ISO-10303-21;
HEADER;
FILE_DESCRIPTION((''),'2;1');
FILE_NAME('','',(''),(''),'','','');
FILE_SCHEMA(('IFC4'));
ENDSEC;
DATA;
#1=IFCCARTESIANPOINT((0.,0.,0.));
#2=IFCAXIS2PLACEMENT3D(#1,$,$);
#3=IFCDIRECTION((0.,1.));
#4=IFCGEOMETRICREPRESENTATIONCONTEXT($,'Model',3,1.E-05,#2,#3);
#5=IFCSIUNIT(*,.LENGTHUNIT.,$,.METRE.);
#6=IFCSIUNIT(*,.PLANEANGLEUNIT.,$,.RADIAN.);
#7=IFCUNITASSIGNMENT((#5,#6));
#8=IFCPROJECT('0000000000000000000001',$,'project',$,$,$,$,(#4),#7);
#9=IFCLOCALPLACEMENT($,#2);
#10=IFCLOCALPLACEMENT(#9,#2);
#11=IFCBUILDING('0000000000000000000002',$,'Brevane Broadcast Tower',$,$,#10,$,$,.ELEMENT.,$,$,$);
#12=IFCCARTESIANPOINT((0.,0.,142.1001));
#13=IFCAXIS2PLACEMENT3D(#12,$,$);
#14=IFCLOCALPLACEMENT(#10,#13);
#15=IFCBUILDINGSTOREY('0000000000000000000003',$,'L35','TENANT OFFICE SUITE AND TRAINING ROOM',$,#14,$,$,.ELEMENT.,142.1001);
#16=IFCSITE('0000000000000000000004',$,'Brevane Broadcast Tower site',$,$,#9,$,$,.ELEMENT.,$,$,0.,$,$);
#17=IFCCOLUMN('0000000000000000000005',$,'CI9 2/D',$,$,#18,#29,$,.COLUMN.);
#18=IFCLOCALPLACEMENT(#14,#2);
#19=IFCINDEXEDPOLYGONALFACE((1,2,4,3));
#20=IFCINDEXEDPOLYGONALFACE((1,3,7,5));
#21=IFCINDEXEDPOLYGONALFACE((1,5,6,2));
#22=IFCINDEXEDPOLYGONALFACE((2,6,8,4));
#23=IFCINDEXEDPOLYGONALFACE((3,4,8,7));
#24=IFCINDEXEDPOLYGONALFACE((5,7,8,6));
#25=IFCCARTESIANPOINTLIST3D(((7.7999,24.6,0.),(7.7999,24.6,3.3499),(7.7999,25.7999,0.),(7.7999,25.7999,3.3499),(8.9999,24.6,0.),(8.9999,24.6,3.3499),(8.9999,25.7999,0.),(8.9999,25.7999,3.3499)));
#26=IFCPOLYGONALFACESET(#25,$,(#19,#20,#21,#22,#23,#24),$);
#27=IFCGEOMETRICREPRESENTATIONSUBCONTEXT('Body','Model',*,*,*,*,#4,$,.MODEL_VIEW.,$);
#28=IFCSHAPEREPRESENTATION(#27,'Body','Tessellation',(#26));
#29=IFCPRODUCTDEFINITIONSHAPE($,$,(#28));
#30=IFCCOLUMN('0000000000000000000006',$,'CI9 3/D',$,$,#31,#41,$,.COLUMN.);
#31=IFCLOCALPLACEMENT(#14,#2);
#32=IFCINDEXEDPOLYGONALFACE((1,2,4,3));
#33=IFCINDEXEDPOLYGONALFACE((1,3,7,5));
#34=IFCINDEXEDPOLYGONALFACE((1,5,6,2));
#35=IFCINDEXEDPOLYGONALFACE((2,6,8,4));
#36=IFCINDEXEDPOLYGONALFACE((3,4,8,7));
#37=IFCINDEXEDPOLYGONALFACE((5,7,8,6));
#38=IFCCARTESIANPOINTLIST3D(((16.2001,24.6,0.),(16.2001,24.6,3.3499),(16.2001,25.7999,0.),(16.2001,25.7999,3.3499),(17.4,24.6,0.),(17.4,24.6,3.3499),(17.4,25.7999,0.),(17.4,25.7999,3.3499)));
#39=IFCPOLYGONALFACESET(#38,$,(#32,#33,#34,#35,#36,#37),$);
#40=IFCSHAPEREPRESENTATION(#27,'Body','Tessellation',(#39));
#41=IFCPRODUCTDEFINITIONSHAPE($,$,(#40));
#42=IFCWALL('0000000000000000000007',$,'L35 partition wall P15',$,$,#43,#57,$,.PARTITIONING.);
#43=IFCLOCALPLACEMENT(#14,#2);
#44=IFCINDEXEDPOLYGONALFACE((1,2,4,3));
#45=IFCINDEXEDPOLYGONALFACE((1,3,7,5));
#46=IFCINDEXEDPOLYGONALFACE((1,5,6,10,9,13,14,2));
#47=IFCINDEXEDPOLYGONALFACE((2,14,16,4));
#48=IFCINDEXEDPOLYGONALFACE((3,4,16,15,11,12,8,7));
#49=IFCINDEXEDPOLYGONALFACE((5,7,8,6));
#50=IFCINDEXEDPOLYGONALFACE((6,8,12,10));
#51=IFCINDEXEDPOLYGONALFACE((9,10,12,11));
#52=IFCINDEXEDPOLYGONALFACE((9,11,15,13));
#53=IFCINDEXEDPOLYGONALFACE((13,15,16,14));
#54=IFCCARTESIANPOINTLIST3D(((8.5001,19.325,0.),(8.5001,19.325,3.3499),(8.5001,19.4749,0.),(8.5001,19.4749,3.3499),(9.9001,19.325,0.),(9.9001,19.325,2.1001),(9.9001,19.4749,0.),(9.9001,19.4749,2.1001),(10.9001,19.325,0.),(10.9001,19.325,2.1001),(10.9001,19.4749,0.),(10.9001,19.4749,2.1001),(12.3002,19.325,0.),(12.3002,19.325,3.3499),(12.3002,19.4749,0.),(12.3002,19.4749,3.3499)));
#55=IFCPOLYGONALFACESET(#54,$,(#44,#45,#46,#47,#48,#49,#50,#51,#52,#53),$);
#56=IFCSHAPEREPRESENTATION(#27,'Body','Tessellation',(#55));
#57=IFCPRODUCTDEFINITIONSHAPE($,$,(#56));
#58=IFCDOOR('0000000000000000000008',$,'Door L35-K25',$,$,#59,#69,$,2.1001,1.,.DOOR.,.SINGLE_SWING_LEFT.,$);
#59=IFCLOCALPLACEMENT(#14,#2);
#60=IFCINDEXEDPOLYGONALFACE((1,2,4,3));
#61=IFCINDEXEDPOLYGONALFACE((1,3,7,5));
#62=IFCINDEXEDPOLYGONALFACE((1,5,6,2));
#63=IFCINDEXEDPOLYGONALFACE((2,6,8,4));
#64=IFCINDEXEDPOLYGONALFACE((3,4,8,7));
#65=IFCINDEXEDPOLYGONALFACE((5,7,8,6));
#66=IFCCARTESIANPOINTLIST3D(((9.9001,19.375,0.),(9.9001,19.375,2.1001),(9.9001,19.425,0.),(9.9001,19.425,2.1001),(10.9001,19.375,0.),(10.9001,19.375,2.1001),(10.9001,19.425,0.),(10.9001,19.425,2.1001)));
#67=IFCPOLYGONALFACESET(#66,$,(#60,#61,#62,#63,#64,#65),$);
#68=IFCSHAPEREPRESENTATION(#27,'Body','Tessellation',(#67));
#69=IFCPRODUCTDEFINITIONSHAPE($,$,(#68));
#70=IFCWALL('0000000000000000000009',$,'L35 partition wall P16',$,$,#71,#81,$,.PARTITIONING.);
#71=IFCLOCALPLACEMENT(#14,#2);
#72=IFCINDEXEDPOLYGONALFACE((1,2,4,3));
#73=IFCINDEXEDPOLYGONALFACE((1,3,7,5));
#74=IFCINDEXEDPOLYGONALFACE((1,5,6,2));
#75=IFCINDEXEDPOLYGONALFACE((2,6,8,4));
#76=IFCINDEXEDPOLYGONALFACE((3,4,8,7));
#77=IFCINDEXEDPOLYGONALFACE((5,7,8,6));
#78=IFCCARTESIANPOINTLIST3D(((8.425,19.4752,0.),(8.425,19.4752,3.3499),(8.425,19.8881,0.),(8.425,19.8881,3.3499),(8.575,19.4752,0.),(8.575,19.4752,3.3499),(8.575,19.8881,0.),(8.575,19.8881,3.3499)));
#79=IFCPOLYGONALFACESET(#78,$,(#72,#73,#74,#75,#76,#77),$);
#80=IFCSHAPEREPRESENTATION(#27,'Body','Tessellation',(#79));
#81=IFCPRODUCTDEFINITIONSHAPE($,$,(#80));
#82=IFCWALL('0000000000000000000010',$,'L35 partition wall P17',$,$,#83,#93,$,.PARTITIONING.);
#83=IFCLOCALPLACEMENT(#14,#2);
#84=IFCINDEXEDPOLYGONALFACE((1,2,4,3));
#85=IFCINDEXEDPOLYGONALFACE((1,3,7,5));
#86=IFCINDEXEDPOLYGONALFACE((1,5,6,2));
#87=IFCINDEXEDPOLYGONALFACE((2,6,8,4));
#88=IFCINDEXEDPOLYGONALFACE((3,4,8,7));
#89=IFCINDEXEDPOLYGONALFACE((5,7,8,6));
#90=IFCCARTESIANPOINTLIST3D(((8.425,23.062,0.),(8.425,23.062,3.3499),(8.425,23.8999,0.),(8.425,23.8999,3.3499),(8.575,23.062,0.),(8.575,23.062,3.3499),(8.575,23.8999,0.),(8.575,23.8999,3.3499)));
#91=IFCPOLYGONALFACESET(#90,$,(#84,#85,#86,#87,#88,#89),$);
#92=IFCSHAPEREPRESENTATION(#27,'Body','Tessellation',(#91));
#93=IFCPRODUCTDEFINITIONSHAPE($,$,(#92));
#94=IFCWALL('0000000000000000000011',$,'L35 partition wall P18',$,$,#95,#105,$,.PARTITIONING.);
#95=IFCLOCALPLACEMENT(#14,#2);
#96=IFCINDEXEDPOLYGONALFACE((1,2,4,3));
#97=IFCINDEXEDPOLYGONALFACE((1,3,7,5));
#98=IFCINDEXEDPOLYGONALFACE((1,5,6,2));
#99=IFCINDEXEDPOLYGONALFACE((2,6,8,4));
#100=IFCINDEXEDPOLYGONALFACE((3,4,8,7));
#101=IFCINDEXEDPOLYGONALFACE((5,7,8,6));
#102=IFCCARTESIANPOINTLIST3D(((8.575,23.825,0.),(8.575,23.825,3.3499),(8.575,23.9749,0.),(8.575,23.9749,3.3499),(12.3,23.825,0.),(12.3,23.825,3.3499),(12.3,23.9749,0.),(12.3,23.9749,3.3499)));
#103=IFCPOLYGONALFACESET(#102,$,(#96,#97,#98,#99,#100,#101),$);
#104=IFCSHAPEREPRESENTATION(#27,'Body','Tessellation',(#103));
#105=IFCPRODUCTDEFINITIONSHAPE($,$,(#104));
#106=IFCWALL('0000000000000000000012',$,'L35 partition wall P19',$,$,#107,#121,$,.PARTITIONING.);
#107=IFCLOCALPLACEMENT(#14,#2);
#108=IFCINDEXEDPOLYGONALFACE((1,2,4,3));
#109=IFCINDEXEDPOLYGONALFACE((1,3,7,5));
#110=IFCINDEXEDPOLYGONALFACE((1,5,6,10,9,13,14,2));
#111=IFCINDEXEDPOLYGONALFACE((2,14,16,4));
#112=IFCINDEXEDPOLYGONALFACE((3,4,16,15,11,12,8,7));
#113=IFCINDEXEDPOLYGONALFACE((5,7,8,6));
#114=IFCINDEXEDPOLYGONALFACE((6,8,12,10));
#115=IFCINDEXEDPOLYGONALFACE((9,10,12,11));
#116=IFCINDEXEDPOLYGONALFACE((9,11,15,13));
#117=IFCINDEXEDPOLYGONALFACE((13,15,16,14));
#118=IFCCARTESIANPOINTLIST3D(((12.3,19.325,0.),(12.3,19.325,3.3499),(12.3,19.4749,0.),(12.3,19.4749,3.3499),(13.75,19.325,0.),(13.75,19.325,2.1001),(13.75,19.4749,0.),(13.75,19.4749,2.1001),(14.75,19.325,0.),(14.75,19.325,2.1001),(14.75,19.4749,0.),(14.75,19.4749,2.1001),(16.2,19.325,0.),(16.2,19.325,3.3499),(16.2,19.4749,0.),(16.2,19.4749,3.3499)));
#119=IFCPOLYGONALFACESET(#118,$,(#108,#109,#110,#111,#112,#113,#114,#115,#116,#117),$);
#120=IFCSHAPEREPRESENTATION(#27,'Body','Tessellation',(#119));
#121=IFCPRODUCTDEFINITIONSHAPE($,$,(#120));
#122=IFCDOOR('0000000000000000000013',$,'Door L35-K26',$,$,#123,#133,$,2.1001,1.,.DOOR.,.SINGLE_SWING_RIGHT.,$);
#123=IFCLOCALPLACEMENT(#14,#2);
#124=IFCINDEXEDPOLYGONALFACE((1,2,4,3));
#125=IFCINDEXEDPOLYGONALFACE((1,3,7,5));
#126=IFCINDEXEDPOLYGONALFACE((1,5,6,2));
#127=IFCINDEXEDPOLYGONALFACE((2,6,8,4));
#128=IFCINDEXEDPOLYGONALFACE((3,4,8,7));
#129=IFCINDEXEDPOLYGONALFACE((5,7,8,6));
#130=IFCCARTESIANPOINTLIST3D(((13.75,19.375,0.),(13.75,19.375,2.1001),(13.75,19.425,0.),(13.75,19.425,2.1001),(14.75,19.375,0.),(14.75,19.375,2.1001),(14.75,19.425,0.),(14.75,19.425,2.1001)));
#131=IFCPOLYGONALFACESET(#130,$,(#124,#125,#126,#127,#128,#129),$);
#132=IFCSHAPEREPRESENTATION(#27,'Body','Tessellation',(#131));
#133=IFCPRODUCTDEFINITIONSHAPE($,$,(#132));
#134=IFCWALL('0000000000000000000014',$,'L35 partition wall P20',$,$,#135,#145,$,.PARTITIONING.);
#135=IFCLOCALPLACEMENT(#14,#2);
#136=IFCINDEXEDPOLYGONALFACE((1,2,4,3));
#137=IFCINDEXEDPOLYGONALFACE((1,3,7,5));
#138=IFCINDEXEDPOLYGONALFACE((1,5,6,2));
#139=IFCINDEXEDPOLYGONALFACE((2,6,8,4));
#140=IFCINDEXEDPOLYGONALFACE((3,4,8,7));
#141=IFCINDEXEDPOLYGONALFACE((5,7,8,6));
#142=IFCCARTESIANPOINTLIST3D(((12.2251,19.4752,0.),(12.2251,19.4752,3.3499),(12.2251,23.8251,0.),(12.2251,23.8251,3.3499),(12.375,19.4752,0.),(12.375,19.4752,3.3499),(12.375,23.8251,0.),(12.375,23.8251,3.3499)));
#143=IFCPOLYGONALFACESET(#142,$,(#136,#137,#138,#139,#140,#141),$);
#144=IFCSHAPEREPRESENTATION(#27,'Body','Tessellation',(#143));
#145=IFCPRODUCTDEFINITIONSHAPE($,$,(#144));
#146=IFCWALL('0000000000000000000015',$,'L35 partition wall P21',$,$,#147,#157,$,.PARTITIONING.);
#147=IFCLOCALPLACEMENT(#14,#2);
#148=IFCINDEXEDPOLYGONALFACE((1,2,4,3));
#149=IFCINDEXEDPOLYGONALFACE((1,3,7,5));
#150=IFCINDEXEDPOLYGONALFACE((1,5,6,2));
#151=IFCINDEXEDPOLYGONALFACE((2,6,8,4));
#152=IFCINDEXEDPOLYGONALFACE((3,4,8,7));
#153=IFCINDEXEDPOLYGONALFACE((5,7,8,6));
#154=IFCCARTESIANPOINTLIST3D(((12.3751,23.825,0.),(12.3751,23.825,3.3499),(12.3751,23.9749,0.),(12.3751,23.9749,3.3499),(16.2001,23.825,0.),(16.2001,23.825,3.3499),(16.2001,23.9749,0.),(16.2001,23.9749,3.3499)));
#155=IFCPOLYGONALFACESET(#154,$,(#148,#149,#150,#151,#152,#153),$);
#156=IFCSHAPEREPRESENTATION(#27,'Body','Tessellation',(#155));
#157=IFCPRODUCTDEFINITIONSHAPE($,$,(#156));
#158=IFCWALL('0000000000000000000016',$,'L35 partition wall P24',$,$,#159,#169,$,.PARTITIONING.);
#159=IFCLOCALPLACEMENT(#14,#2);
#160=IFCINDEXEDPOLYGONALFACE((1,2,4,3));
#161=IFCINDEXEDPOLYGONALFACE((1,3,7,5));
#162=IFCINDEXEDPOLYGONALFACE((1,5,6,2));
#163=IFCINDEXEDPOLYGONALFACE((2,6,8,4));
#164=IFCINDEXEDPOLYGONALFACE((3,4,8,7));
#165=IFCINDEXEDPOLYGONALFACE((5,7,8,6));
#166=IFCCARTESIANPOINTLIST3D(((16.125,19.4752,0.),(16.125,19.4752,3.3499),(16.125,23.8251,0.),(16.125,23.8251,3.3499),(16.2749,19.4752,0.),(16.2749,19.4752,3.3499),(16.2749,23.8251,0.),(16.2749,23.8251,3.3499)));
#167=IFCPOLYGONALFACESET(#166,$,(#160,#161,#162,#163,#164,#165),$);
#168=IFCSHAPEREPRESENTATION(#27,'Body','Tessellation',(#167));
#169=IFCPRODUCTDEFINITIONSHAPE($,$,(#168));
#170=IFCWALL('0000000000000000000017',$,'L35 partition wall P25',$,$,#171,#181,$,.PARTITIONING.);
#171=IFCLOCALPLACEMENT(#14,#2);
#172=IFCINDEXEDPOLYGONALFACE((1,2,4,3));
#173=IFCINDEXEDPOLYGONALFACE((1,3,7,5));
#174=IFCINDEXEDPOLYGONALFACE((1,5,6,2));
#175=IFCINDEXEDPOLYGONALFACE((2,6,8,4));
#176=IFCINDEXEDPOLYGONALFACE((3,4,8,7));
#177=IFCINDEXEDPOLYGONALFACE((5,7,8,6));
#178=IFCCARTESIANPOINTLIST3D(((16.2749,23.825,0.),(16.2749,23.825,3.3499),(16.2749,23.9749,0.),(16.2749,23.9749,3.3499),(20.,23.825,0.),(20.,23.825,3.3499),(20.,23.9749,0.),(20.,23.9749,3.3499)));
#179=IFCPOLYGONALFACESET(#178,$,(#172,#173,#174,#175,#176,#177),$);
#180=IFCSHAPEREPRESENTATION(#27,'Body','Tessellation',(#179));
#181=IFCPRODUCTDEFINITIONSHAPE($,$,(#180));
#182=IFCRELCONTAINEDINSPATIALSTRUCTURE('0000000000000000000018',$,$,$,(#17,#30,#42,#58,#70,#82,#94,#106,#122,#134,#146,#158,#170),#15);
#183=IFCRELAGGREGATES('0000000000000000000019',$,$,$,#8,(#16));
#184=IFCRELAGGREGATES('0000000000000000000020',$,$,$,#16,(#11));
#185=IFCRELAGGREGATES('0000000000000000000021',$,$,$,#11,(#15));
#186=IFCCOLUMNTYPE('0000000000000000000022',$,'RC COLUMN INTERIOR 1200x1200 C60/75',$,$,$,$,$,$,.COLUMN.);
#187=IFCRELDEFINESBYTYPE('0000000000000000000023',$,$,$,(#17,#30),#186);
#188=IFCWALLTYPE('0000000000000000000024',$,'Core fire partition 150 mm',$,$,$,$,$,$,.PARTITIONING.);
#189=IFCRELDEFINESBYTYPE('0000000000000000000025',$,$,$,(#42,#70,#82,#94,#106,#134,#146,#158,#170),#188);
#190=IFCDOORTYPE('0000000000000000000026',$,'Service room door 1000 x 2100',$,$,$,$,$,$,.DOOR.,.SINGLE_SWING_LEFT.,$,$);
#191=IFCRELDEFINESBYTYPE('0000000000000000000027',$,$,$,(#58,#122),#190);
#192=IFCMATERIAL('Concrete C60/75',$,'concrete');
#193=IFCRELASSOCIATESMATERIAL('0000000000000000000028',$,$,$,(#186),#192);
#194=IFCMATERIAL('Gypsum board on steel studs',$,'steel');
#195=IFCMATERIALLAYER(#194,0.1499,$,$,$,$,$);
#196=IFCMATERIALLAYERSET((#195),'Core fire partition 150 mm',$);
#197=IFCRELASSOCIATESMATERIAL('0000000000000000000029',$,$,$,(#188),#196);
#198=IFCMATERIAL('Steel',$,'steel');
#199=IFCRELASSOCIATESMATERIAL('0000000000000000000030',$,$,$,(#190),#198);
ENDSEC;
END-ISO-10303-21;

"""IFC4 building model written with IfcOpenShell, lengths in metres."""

from ifc_helpers import new_model, si_unit, direction, frame, frame_2d, origin, origin_2d, place, context, subcontext, project, spatial, rectangle, extrude, material, layer, layer_set, material_profile, profile_set, type_object, element, fill, save


model = new_model("IFC4")

# Units and contexts
model_context = context("Model", 3, precision=1e-05, world=origin(), true_north=direction((0.0, 1.0)))
body_context = subcontext(model_context, "Body", "Model", "MODEL_VIEW")
ifc_project = project(units=[si_unit("LENGTHUNIT", "METRE"), si_unit("PLANEANGLEUNIT", "RADIAN")], contexts=[model_context])

# Site, building, storey
site_placement = place(None, origin())
site = spatial("IfcSite", under=ifc_project, at=site_placement, Name="Brevane Broadcast Tower site", CompositionType="ELEMENT", RefElevation=0.0)
building_placement = place(site_placement, origin())
building = spatial("IfcBuilding", under=site, at=building_placement, Name="Brevane Broadcast Tower", CompositionType="ELEMENT")
storey_placement = place(building_placement, frame((0.0, 0.0, 142.1001)))
storey = spatial("IfcBuildingStorey", under=building, at=storey_placement, Name="L35", Description="TENANT OFFICE SUITE AND TRAINING ROOM", CompositionType="ELEMENT", Elevation=142.1001)

# Columns
ifc_material_1 = material(Name="Concrete C60/75", Category="concrete")
ifc_material_profile = material_profile(ifc_material_1, rectangle(XDim=1.2, YDim=1.2, at=origin_2d()), Name="RC 1200x1200")
ifc_profile_set = profile_set([ifc_material_profile], Name="Concrete C60/75")
column_type = type_object("IfcColumnType", Name="RC COLUMN INTERIOR 1200x1200 C60/75", PredefinedType="COLUMN", material=ifc_profile_set)
for number, where, z_axis, x_axis, name in (
    (1, (8.3999, 25.2, 0.0), (0.0, 0.0, 1.0), (1.0, 0.0, 0.0), "CI9 2/D"),
    (2, (16.8, 25.2, 0.0), (0.0, 0.0, 1.0), (1.0, 0.0, 0.0), "CI9 3/D"),
):
    element("IfcColumn", number, at=place(storey_placement, frame(where, z_axis=z_axis, x_axis=x_axis)), inside=storey, type_object=column_type, Name=name, PredefinedType="COLUMN", context=body_context, shape_type="SweptSolid", body=[
        extrude(rectangle(XDim=1.2, YDim=1.2, at=origin_2d()), origin(), (0.0, 0.0, 1.0), 3.3499),
    ])

# Wall, opening, door
ifc_material_2 = material(Name="Gypsum board on steel studs", Category="steel")
ifc_layer_1 = layer(ifc_material_2, 0.1499)
ifc_layer_set_1 = layer_set([ifc_layer_1], Name="Core fire partition 150 mm")
wall_type_1 = type_object("IfcWallType", Name="Core fire partition 150 mm", PredefinedType="PARTITIONING", material=ifc_layer_set_1)
wall_1_placement = place(storey_placement, frame((12.3, 19.3999, 0.0), z_axis=(0.0, 0.0, 1.0), x_axis=(-1.0, 0.0, 0.0)))
wall_1 = element("IfcWall", 3, at=wall_1_placement, inside=storey, type_object=wall_type_1, Name="L35 partition wall P15", PredefinedType="PARTITIONING", context=body_context, shape_type="SweptSolid", body=[
    extrude(rectangle(XDim=3.8, YDim=0.1499, at=frame_2d((1.8999, 0.0))), origin(), (0.0, 0.0, 1.0), 3.3499),
])
opening_1_placement = place(wall_1_placement, frame((1.3999, 0.0, 0.0)))
opening_1 = element("IfcOpeningElement", 4, at=opening_1_placement, cuts=wall_1, PredefinedType="OPENING", context=body_context, shape_type="SweptSolid", body=[
    extrude(rectangle(XDim=1.0, YDim=2.1001, at=frame_2d((0.5, 1.05))), frame((0.0, 0.085, 0.0), z_axis=(0.0, -1.0, 0.0), x_axis=(1.0, 0.0, 0.0)), (0.0, 0.0, 1.0), 0.1699),
])
ifc_material_3 = material(Name="Steel", Category="steel")
door_type_1 = type_object("IfcDoorType", Name="Service room door 1000 x 2100", OperationType="SINGLE_SWING_LEFT", PredefinedType="DOOR", material=ifc_material_3)
door_1_placement = place(opening_1_placement, origin())
door_1 = element("IfcDoor", 5, at=door_1_placement, inside=storey, type_object=door_type_1, Name="Door L35-K25", OperationType="SINGLE_SWING_LEFT", OverallHeight=2.1001, OverallWidth=1.0, PredefinedType="DOOR", context=body_context, shape_type="SweptSolid", body=[
    extrude(rectangle(XDim=1.0, YDim=2.1001, at=frame_2d((0.5, 1.05))), frame((0.0, 0.0249, 0.0), z_axis=(0.0, -1.0, 0.0), x_axis=(1.0, 0.0, 0.0)), (0.0, 0.0, 1.0), 0.05),
])
fill(opening_1, door_1)

# Walls
wall_2_placement = place(storey_placement, frame((8.5, 19.4751, 0.0), z_axis=(0.0, 0.0, 1.0), x_axis=(0.0, 1.0, 0.0)))
element("IfcWall", 6, at=wall_2_placement, inside=storey, type_object=wall_type_1, Name="L35 partition wall P16", PredefinedType="PARTITIONING", context=body_context, shape_type="SweptSolid", body=[
    extrude(rectangle(XDim=0.4128, YDim=0.1499, at=frame_2d((0.2065, 0.0))), origin(), (0.0, 0.0, 1.0), 3.3499),
])
wall_3_placement = place(storey_placement, frame((8.5, 23.062, 0.0), z_axis=(0.0, 0.0, 1.0), x_axis=(0.0, 1.0, 0.0)))
element("IfcWall", 7, at=wall_3_placement, inside=storey, type_object=wall_type_1, Name="L35 partition wall P17", PredefinedType="PARTITIONING", context=body_context, shape_type="SweptSolid", body=[
    extrude(rectangle(XDim=0.8379, YDim=0.1499, at=frame_2d((0.4189, 0.0))), origin(), (0.0, 0.0, 1.0), 3.3499),
])
wall_4_placement = place(storey_placement, frame((8.575, 23.8999, 0.0), z_axis=(0.0, 0.0, 1.0), x_axis=(1.0, 0.0, 0.0)))
element("IfcWall", 8, at=wall_4_placement, inside=storey, type_object=wall_type_1, Name="L35 partition wall P18", PredefinedType="PARTITIONING", context=body_context, shape_type="SweptSolid", body=[
    extrude(rectangle(XDim=3.7251, YDim=0.1499, at=frame_2d((1.8625, 0.0))), origin(), (0.0, 0.0, 1.0), 3.3499),
])

# Wall, opening, door
wall_5_placement = place(storey_placement, frame((16.2, 19.3999, 0.0), z_axis=(0.0, 0.0, 1.0), x_axis=(-1.0, 0.0, 0.0)))
wall_5 = element("IfcWall", 9, at=wall_5_placement, inside=storey, type_object=wall_type_1, Name="L35 partition wall P19", PredefinedType="PARTITIONING", context=body_context, shape_type="SweptSolid", body=[
    extrude(rectangle(XDim=3.8999, YDim=0.1499, at=frame_2d((1.95, 0.0))), origin(), (0.0, 0.0, 1.0), 3.3499),
])
opening_2_placement = place(wall_5_placement, frame((1.45, 0.0, 0.0)))
opening_2 = element("IfcOpeningElement", 10, at=opening_2_placement, cuts=wall_5, PredefinedType="OPENING", context=body_context, shape_type="SweptSolid", body=[
    extrude(rectangle(XDim=1.0, YDim=2.1001, at=frame_2d((0.5, 1.05))), frame((0.0, 0.085, 0.0), z_axis=(0.0, -1.0, 0.0), x_axis=(1.0, 0.0, 0.0)), (0.0, 0.0, 1.0), 0.1699),
])
door_2_placement = place(opening_2_placement, origin())
door_2 = element("IfcDoor", 11, at=door_2_placement, inside=storey, type_object=door_type_1, Name="Door L35-K26", OperationType="SINGLE_SWING_RIGHT", OverallHeight=2.1001, OverallWidth=1.0, PredefinedType="DOOR", context=body_context, shape_type="SweptSolid", body=[
    extrude(rectangle(XDim=1.0, YDim=2.1001, at=frame_2d((0.5, 1.05))), frame((0.0, 0.0249, 0.0), z_axis=(0.0, -1.0, 0.0), x_axis=(1.0, 0.0, 0.0)), (0.0, 0.0, 1.0), 0.05),
])
fill(opening_2, door_2)

# Walls
wall_6_placement = place(storey_placement, frame((12.3, 23.825, 0.0), z_axis=(0.0, 0.0, 1.0), x_axis=(0.0, -1.0, 0.0)))
element("IfcWall", 12, at=wall_6_placement, inside=storey, type_object=wall_type_1, Name="L35 partition wall P20", PredefinedType="PARTITIONING", context=body_context, shape_type="SweptSolid", body=[
    extrude(rectangle(XDim=4.3499, YDim=0.1499, at=frame_2d((2.1748, 0.0))), origin(), (0.0, 0.0, 1.0), 3.3499),
])
wall_7_placement = place(storey_placement, frame((12.375, 23.8999, 0.0), z_axis=(0.0, 0.0, 1.0), x_axis=(1.0, 0.0, 0.0)))
element("IfcWall", 13, at=wall_7_placement, inside=storey, type_object=wall_type_1, Name="L35 partition wall P21", PredefinedType="PARTITIONING", context=body_context, shape_type="SweptSolid", body=[
    extrude(rectangle(XDim=3.825, YDim=0.1499, at=frame_2d((1.9126, 0.0))), origin(), (0.0, 0.0, 1.0), 3.3499),
])
wall_8_placement = place(storey_placement, frame((16.2, 23.825, 0.0), z_axis=(0.0, 0.0, 1.0), x_axis=(0.0, -1.0, 0.0)))
element("IfcWall", 14, at=wall_8_placement, inside=storey, type_object=wall_type_1, Name="L35 partition wall P24", PredefinedType="PARTITIONING", context=body_context, shape_type="SweptSolid", body=[
    extrude(rectangle(XDim=4.3499, YDim=0.1499, at=frame_2d((2.1748, 0.0))), origin(), (0.0, 0.0, 1.0), 3.3499),
])
wall_9_placement = place(storey_placement, frame((16.2749, 23.8999, 0.0), z_axis=(0.0, 0.0, 1.0), x_axis=(1.0, 0.0, 0.0)))
element("IfcWall", 15, at=wall_9_placement, inside=storey, type_object=wall_type_1, Name="L35 partition wall P25", PredefinedType="PARTITIONING", context=body_context, shape_type="SweptSolid", body=[
    extrude(rectangle(XDim=3.7251, YDim=0.1499, at=frame_2d((1.8625, 0.0))), origin(), (0.0, 0.0, 1.0), 3.3499),
])

save(model, "model.ifc")
